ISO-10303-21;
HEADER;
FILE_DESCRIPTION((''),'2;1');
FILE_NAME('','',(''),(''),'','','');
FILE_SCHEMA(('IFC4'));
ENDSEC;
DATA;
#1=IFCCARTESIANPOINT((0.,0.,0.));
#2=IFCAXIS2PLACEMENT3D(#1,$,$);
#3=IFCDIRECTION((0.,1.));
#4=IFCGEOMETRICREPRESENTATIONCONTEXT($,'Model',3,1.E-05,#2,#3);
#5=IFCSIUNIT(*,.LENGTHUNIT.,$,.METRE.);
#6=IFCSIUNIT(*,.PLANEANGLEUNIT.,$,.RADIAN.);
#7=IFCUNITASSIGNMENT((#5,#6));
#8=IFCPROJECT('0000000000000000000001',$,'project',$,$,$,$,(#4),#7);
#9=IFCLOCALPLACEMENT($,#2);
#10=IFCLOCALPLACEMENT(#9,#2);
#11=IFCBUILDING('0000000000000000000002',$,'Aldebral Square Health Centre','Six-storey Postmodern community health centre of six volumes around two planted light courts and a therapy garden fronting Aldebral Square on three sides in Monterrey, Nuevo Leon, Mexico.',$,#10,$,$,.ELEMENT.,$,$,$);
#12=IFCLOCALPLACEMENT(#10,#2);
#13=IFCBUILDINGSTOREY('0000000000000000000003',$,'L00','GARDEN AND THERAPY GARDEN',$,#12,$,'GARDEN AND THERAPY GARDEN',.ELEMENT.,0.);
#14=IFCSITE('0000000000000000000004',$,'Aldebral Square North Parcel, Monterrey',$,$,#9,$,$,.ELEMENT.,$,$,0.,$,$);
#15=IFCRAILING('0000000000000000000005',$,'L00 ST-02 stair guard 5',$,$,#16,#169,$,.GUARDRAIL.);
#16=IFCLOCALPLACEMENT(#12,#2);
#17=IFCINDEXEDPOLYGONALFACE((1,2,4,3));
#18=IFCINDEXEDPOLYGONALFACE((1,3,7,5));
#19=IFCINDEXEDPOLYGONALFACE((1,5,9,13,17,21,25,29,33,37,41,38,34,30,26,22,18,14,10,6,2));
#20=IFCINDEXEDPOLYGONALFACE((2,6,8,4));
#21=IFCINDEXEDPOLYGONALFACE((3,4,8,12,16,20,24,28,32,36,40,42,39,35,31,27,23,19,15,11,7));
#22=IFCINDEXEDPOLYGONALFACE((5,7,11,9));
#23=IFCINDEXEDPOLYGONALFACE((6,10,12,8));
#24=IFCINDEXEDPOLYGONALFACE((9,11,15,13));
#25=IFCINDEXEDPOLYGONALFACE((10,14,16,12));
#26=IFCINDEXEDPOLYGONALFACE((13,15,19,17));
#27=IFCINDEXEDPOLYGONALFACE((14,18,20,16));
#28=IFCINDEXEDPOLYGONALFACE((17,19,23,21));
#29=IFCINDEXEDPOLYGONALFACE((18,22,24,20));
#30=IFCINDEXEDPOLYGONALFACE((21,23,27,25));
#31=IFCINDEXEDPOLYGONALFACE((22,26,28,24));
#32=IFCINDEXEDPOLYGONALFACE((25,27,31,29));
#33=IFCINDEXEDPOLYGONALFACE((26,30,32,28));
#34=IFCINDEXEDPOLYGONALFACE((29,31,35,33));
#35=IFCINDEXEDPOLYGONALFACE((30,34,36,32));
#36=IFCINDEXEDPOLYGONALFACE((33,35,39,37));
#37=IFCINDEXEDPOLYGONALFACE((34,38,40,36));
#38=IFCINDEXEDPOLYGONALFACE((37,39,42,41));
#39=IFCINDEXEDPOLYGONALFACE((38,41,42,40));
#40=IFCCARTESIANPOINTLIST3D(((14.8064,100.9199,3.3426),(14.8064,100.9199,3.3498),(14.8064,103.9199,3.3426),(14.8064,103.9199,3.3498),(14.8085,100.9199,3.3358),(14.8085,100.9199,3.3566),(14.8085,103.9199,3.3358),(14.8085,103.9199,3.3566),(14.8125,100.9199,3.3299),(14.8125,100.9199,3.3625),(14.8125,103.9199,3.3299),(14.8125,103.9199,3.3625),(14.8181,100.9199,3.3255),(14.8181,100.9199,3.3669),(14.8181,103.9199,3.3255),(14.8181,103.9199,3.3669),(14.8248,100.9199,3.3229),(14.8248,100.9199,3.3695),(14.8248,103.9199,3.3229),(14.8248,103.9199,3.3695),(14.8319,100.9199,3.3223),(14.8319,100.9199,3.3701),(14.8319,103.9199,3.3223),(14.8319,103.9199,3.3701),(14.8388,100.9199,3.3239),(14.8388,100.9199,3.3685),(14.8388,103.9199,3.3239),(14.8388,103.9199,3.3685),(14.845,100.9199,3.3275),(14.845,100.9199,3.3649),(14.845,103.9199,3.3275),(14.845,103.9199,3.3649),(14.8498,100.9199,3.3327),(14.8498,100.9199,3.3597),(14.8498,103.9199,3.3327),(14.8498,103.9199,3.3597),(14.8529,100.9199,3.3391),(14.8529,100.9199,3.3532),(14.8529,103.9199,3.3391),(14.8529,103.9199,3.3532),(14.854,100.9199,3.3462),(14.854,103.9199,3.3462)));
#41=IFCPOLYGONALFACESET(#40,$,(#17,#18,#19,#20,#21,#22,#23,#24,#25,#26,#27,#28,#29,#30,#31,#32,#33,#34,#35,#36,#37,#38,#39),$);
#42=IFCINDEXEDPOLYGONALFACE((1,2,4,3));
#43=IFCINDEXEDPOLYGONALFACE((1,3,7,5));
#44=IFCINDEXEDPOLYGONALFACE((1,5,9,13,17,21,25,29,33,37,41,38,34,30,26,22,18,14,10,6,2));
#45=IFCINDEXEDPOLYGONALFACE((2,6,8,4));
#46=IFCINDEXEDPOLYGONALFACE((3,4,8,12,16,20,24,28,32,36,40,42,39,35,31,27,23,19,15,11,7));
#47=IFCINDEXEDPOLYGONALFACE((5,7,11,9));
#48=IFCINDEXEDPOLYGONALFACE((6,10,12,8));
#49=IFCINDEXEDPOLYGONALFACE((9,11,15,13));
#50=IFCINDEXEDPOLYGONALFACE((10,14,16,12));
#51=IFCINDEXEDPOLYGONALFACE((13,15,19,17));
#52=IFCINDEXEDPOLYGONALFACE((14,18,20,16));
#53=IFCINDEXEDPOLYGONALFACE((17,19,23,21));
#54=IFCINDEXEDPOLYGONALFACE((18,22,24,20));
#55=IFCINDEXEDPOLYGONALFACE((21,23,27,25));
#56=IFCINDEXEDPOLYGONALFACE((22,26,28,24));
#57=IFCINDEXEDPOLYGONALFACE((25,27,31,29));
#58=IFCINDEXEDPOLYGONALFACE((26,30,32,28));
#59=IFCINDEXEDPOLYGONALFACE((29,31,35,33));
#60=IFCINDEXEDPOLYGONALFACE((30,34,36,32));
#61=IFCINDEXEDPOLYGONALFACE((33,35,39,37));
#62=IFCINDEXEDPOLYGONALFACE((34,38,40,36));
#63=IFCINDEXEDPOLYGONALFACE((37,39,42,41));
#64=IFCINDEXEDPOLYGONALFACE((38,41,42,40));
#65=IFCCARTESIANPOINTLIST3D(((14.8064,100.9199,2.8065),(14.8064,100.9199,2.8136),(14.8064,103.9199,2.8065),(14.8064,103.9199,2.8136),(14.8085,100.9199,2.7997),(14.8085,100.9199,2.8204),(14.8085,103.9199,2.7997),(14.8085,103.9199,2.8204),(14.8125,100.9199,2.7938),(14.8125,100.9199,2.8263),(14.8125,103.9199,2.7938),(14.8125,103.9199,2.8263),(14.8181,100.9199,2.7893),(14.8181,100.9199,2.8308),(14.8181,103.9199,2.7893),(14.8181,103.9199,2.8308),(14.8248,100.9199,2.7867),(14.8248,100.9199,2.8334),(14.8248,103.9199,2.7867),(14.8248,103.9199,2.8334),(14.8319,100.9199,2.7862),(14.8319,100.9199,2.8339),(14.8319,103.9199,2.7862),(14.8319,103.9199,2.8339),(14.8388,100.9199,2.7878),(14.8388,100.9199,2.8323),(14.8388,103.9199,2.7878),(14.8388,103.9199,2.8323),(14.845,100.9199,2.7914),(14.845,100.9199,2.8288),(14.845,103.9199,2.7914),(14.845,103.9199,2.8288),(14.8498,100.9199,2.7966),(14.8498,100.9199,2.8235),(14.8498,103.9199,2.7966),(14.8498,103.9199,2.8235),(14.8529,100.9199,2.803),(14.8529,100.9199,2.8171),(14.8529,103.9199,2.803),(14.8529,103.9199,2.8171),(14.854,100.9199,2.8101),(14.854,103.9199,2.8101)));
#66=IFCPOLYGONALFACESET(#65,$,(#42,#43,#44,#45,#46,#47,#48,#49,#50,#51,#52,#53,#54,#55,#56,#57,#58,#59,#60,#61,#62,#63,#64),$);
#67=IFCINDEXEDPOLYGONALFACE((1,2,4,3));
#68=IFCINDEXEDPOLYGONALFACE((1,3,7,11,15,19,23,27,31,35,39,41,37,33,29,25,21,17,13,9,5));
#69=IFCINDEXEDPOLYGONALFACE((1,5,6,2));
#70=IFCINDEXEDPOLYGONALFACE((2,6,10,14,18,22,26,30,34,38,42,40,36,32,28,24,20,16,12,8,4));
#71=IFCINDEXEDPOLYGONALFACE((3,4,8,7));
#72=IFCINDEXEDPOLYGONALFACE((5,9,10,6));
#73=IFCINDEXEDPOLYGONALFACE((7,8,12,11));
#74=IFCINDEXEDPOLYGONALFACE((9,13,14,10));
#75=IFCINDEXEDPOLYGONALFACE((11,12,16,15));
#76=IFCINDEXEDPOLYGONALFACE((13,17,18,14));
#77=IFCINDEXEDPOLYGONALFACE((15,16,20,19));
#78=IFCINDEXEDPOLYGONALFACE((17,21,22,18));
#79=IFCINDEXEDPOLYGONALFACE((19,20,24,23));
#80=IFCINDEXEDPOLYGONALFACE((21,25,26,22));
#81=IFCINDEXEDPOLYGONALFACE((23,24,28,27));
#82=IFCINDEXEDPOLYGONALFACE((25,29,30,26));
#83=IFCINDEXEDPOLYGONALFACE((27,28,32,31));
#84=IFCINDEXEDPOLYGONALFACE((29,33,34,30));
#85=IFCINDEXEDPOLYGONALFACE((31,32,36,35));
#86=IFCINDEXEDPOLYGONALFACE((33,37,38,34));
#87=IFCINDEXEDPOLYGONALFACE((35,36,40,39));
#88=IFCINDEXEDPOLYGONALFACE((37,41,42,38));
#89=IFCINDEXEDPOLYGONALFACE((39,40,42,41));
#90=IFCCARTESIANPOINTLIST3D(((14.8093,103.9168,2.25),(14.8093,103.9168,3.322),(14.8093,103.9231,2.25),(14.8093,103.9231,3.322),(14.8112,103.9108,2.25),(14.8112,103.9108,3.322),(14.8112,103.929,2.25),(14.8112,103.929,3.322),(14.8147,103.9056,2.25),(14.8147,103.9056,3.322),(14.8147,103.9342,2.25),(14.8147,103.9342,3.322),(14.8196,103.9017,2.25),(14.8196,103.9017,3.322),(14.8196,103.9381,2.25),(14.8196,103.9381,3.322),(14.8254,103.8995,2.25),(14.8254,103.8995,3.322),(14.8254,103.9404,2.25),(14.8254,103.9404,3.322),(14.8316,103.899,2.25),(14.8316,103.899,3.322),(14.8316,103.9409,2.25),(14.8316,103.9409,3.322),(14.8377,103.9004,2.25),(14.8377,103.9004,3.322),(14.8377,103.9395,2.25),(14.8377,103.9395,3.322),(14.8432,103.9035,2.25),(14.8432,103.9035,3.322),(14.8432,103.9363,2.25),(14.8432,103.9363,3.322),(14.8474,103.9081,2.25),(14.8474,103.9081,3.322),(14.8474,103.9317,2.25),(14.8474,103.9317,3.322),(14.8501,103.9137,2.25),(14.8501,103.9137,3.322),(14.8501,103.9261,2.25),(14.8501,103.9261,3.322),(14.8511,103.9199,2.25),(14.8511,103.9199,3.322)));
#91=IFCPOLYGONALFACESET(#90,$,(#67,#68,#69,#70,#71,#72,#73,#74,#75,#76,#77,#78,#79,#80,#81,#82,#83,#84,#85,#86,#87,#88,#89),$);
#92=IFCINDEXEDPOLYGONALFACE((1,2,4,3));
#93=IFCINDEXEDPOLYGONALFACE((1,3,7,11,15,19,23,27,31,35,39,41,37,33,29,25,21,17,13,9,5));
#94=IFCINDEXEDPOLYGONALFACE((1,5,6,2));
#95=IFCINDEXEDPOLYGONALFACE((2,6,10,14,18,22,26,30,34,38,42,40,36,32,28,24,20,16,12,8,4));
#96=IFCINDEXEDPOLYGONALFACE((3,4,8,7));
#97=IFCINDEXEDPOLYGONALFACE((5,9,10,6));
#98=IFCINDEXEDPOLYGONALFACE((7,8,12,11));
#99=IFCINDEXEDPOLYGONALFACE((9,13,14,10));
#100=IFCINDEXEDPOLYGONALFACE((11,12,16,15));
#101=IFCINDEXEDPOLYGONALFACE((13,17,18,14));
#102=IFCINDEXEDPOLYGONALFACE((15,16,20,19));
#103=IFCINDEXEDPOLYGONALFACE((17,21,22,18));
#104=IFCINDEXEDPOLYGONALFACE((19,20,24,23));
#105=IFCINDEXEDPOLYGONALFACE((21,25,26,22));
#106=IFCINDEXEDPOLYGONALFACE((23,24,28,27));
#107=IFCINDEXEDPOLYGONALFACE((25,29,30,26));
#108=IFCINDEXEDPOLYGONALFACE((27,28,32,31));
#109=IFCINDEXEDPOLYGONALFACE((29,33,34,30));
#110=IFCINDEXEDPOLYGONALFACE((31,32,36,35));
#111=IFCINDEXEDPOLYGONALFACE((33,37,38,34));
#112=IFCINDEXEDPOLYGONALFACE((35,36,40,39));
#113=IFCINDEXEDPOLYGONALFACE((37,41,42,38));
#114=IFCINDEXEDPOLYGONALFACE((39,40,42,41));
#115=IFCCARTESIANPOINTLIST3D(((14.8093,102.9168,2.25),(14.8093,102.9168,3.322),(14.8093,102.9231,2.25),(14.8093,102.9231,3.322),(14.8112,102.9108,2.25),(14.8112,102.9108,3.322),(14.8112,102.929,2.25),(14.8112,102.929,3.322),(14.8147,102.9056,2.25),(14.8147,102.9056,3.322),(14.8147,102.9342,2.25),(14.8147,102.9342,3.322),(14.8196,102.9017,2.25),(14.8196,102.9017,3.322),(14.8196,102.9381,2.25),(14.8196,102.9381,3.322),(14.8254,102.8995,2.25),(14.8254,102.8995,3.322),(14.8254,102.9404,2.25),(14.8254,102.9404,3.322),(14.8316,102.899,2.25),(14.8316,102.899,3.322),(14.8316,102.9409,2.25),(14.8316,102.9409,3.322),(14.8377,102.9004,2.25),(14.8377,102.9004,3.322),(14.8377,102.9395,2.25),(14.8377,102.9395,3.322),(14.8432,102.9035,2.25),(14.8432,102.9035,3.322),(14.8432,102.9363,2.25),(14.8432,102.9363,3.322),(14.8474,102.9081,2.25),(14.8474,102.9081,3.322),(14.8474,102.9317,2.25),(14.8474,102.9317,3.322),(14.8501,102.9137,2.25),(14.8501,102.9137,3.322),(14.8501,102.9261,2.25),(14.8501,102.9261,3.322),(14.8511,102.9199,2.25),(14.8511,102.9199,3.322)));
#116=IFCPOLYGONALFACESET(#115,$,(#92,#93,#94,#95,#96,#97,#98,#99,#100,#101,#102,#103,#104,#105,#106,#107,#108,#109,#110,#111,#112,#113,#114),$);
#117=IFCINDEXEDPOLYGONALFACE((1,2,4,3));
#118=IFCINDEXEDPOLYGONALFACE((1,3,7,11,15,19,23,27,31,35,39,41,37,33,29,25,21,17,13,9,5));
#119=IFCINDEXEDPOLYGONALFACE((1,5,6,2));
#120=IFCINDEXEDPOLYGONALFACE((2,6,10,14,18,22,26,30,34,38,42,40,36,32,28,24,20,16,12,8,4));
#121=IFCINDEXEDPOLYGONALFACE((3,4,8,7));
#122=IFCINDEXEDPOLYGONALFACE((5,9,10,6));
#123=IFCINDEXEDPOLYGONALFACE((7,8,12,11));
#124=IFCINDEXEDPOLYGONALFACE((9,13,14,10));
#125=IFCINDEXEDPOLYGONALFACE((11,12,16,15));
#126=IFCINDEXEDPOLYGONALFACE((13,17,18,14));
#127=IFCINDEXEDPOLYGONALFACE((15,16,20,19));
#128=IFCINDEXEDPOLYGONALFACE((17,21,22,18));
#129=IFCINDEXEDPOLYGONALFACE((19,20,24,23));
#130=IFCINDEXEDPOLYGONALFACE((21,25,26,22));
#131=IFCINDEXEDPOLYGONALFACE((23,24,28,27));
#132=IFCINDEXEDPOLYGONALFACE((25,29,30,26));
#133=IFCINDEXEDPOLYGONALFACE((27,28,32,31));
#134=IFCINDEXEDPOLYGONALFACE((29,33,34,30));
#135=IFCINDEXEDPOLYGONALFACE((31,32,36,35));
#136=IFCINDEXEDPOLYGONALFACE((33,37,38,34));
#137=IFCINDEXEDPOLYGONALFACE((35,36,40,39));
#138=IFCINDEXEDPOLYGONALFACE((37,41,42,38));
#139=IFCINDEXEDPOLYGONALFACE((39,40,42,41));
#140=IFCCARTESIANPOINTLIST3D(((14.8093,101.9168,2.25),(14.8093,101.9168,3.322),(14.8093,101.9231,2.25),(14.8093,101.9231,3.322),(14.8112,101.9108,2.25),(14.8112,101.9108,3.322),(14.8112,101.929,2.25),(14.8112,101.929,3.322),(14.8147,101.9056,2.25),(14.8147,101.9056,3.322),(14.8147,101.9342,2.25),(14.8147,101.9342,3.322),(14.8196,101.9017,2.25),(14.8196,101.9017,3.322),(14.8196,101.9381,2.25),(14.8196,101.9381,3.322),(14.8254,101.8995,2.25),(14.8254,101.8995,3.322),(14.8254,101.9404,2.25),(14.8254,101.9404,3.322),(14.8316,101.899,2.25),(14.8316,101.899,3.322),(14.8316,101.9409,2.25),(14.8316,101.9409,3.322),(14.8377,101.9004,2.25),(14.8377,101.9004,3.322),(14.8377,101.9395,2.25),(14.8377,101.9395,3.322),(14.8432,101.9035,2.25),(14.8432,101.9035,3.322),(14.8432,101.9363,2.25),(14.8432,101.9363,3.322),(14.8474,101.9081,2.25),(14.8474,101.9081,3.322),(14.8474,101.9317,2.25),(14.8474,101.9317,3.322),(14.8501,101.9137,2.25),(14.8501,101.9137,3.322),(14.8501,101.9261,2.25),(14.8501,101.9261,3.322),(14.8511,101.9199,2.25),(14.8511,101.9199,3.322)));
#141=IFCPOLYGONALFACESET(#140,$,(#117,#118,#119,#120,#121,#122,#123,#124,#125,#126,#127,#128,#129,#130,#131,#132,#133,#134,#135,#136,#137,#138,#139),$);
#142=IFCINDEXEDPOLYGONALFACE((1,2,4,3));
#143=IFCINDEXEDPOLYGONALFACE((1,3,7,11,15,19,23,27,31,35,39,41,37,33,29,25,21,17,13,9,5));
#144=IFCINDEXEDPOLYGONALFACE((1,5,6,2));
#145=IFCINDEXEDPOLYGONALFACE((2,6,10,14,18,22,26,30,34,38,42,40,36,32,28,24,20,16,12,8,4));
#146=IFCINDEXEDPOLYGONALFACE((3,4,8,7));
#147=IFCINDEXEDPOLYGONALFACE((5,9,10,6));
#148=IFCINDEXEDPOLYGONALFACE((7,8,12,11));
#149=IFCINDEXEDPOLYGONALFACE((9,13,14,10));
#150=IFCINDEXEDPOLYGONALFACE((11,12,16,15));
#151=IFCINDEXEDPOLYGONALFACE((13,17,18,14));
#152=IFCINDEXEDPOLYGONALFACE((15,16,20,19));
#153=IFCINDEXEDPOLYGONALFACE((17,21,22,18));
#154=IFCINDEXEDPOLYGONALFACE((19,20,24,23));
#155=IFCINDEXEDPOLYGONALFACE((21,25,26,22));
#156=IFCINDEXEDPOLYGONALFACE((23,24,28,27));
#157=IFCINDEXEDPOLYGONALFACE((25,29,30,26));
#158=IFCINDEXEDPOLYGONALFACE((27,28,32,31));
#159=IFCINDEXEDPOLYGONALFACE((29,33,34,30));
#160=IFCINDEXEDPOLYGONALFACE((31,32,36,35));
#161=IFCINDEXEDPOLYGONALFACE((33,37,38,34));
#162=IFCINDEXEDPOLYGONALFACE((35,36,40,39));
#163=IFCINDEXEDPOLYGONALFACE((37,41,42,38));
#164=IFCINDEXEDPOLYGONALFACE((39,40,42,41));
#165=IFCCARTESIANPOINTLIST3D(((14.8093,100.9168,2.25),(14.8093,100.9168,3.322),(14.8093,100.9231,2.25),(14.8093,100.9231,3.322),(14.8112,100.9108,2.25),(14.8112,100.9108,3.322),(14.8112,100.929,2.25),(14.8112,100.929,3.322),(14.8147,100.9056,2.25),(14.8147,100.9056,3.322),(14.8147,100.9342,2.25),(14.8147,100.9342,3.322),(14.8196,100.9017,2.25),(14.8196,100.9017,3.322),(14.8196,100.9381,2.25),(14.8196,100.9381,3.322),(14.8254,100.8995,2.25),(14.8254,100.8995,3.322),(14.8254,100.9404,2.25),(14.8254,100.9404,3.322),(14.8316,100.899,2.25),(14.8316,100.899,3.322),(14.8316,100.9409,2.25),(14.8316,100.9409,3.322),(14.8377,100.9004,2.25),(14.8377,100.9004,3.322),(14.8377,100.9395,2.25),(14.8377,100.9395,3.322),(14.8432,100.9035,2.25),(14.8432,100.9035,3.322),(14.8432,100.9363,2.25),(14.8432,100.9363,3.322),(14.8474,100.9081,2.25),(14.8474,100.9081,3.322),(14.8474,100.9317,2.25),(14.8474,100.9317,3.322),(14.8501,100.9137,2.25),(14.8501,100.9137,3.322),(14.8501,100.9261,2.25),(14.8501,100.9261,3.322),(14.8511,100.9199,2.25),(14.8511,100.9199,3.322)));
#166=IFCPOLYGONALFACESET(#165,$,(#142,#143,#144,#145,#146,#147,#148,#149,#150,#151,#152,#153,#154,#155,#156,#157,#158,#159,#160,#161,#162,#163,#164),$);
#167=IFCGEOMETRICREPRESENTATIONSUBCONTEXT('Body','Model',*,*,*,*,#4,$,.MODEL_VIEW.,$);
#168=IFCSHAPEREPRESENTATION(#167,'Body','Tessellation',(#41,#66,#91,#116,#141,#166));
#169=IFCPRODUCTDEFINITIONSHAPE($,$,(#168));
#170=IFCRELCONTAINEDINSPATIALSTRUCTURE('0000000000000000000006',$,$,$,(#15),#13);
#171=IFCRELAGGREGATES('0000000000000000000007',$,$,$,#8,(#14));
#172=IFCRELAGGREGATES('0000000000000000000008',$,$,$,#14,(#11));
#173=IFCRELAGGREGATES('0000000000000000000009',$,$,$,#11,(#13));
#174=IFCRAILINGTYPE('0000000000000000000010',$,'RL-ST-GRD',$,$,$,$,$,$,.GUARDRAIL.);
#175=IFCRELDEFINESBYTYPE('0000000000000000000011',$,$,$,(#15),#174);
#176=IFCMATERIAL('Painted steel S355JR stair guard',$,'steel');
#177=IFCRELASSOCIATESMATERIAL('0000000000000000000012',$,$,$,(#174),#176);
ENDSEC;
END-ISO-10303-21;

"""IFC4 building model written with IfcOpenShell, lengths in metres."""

from ifc_helpers import new_model, si_unit, direction, frame, origin, origin_2d, place, context, subcontext, project, spatial, circle, extrude, material, type_object, element, save


model = new_model("IFC4")

# Units and contexts
model_context = context("Model", 3, precision=1e-05, world=origin(), true_north=direction((0.0, 1.0)))
body_context = subcontext(model_context, "Body", "Model", "MODEL_VIEW")
ifc_project = project(units=[si_unit("LENGTHUNIT", "METRE"), si_unit("PLANEANGLEUNIT", "RADIAN")], contexts=[model_context])

# Site, building, storey
site_placement = place(None, origin())
site = spatial("IfcSite", under=ifc_project, at=site_placement, Name="Aldebral Square North Parcel, Monterrey", CompositionType="ELEMENT", RefElevation=0.0)
building_placement = place(site_placement, origin())
building = spatial("IfcBuilding", under=site, at=building_placement, Name="Aldebral Square Health Centre", Description="Six-storey Postmodern community health centre of six volumes around two planted light courts and a therapy garden fronting Aldebral Square on three sides in Monterrey, Nuevo Leon, Mexico.", CompositionType="ELEMENT")
storey_placement = place(building_placement, origin())
storey = spatial("IfcBuildingStorey", under=building, at=storey_placement, Name="L00", Description="GARDEN AND THERAPY GARDEN", LongName="GARDEN AND THERAPY GARDEN", CompositionType="ELEMENT", Elevation=0.0)

# Railing
ifc_material_1 = material(Name="Painted steel S355JR stair guard", Category="steel")
railing_type_1 = type_object("IfcRailingType", Name="RL-ST-GRD", PredefinedType="GUARDRAIL", material=ifc_material_1)
railing_1_placement = place(storey_placement, frame((14.8301, 103.9199, 2.25)))
element("IfcRailing", 1, at=railing_1_placement, inside=storey, type_object=railing_type_1, Name="L00 ST-02 stair guard 5", PredefinedType="GUARDRAIL", context=body_context, shape_type="SweptSolid", body=[
    extrude(circle(Radius=0.0239, at=origin_2d()), frame((0.0, 0.0, 1.0962), z_axis=(0.0, -1.0, 0.0), x_axis=(1.0, 0.0, 0.0)), (0.0, 0.0, 1.0), 3.0),
    extrude(circle(Radius=0.0239, at=origin_2d()), frame((0.0, 0.0, 0.5601), z_axis=(0.0, -1.0, 0.0), x_axis=(1.0, 0.0, 0.0)), (0.0, 0.0, 1.0), 3.0),
    extrude(circle(Radius=0.021, at=origin_2d()), origin(), (0.0, 0.0, 1.0), 1.072),
    extrude(circle(Radius=0.021, at=origin_2d()), frame((0.0, -1.0, 0.0)), (0.0, 0.0, 1.0), 1.072),
    extrude(circle(Radius=0.021, at=origin_2d()), frame((0.0, -2.0, 0.0)), (0.0, 0.0, 1.0), 1.072),
    extrude(circle(Radius=0.021, at=origin_2d()), frame((0.0, -3.0, 0.0)), (0.0, 0.0, 1.0), 1.072),
])

save(model, "model.ifc")
